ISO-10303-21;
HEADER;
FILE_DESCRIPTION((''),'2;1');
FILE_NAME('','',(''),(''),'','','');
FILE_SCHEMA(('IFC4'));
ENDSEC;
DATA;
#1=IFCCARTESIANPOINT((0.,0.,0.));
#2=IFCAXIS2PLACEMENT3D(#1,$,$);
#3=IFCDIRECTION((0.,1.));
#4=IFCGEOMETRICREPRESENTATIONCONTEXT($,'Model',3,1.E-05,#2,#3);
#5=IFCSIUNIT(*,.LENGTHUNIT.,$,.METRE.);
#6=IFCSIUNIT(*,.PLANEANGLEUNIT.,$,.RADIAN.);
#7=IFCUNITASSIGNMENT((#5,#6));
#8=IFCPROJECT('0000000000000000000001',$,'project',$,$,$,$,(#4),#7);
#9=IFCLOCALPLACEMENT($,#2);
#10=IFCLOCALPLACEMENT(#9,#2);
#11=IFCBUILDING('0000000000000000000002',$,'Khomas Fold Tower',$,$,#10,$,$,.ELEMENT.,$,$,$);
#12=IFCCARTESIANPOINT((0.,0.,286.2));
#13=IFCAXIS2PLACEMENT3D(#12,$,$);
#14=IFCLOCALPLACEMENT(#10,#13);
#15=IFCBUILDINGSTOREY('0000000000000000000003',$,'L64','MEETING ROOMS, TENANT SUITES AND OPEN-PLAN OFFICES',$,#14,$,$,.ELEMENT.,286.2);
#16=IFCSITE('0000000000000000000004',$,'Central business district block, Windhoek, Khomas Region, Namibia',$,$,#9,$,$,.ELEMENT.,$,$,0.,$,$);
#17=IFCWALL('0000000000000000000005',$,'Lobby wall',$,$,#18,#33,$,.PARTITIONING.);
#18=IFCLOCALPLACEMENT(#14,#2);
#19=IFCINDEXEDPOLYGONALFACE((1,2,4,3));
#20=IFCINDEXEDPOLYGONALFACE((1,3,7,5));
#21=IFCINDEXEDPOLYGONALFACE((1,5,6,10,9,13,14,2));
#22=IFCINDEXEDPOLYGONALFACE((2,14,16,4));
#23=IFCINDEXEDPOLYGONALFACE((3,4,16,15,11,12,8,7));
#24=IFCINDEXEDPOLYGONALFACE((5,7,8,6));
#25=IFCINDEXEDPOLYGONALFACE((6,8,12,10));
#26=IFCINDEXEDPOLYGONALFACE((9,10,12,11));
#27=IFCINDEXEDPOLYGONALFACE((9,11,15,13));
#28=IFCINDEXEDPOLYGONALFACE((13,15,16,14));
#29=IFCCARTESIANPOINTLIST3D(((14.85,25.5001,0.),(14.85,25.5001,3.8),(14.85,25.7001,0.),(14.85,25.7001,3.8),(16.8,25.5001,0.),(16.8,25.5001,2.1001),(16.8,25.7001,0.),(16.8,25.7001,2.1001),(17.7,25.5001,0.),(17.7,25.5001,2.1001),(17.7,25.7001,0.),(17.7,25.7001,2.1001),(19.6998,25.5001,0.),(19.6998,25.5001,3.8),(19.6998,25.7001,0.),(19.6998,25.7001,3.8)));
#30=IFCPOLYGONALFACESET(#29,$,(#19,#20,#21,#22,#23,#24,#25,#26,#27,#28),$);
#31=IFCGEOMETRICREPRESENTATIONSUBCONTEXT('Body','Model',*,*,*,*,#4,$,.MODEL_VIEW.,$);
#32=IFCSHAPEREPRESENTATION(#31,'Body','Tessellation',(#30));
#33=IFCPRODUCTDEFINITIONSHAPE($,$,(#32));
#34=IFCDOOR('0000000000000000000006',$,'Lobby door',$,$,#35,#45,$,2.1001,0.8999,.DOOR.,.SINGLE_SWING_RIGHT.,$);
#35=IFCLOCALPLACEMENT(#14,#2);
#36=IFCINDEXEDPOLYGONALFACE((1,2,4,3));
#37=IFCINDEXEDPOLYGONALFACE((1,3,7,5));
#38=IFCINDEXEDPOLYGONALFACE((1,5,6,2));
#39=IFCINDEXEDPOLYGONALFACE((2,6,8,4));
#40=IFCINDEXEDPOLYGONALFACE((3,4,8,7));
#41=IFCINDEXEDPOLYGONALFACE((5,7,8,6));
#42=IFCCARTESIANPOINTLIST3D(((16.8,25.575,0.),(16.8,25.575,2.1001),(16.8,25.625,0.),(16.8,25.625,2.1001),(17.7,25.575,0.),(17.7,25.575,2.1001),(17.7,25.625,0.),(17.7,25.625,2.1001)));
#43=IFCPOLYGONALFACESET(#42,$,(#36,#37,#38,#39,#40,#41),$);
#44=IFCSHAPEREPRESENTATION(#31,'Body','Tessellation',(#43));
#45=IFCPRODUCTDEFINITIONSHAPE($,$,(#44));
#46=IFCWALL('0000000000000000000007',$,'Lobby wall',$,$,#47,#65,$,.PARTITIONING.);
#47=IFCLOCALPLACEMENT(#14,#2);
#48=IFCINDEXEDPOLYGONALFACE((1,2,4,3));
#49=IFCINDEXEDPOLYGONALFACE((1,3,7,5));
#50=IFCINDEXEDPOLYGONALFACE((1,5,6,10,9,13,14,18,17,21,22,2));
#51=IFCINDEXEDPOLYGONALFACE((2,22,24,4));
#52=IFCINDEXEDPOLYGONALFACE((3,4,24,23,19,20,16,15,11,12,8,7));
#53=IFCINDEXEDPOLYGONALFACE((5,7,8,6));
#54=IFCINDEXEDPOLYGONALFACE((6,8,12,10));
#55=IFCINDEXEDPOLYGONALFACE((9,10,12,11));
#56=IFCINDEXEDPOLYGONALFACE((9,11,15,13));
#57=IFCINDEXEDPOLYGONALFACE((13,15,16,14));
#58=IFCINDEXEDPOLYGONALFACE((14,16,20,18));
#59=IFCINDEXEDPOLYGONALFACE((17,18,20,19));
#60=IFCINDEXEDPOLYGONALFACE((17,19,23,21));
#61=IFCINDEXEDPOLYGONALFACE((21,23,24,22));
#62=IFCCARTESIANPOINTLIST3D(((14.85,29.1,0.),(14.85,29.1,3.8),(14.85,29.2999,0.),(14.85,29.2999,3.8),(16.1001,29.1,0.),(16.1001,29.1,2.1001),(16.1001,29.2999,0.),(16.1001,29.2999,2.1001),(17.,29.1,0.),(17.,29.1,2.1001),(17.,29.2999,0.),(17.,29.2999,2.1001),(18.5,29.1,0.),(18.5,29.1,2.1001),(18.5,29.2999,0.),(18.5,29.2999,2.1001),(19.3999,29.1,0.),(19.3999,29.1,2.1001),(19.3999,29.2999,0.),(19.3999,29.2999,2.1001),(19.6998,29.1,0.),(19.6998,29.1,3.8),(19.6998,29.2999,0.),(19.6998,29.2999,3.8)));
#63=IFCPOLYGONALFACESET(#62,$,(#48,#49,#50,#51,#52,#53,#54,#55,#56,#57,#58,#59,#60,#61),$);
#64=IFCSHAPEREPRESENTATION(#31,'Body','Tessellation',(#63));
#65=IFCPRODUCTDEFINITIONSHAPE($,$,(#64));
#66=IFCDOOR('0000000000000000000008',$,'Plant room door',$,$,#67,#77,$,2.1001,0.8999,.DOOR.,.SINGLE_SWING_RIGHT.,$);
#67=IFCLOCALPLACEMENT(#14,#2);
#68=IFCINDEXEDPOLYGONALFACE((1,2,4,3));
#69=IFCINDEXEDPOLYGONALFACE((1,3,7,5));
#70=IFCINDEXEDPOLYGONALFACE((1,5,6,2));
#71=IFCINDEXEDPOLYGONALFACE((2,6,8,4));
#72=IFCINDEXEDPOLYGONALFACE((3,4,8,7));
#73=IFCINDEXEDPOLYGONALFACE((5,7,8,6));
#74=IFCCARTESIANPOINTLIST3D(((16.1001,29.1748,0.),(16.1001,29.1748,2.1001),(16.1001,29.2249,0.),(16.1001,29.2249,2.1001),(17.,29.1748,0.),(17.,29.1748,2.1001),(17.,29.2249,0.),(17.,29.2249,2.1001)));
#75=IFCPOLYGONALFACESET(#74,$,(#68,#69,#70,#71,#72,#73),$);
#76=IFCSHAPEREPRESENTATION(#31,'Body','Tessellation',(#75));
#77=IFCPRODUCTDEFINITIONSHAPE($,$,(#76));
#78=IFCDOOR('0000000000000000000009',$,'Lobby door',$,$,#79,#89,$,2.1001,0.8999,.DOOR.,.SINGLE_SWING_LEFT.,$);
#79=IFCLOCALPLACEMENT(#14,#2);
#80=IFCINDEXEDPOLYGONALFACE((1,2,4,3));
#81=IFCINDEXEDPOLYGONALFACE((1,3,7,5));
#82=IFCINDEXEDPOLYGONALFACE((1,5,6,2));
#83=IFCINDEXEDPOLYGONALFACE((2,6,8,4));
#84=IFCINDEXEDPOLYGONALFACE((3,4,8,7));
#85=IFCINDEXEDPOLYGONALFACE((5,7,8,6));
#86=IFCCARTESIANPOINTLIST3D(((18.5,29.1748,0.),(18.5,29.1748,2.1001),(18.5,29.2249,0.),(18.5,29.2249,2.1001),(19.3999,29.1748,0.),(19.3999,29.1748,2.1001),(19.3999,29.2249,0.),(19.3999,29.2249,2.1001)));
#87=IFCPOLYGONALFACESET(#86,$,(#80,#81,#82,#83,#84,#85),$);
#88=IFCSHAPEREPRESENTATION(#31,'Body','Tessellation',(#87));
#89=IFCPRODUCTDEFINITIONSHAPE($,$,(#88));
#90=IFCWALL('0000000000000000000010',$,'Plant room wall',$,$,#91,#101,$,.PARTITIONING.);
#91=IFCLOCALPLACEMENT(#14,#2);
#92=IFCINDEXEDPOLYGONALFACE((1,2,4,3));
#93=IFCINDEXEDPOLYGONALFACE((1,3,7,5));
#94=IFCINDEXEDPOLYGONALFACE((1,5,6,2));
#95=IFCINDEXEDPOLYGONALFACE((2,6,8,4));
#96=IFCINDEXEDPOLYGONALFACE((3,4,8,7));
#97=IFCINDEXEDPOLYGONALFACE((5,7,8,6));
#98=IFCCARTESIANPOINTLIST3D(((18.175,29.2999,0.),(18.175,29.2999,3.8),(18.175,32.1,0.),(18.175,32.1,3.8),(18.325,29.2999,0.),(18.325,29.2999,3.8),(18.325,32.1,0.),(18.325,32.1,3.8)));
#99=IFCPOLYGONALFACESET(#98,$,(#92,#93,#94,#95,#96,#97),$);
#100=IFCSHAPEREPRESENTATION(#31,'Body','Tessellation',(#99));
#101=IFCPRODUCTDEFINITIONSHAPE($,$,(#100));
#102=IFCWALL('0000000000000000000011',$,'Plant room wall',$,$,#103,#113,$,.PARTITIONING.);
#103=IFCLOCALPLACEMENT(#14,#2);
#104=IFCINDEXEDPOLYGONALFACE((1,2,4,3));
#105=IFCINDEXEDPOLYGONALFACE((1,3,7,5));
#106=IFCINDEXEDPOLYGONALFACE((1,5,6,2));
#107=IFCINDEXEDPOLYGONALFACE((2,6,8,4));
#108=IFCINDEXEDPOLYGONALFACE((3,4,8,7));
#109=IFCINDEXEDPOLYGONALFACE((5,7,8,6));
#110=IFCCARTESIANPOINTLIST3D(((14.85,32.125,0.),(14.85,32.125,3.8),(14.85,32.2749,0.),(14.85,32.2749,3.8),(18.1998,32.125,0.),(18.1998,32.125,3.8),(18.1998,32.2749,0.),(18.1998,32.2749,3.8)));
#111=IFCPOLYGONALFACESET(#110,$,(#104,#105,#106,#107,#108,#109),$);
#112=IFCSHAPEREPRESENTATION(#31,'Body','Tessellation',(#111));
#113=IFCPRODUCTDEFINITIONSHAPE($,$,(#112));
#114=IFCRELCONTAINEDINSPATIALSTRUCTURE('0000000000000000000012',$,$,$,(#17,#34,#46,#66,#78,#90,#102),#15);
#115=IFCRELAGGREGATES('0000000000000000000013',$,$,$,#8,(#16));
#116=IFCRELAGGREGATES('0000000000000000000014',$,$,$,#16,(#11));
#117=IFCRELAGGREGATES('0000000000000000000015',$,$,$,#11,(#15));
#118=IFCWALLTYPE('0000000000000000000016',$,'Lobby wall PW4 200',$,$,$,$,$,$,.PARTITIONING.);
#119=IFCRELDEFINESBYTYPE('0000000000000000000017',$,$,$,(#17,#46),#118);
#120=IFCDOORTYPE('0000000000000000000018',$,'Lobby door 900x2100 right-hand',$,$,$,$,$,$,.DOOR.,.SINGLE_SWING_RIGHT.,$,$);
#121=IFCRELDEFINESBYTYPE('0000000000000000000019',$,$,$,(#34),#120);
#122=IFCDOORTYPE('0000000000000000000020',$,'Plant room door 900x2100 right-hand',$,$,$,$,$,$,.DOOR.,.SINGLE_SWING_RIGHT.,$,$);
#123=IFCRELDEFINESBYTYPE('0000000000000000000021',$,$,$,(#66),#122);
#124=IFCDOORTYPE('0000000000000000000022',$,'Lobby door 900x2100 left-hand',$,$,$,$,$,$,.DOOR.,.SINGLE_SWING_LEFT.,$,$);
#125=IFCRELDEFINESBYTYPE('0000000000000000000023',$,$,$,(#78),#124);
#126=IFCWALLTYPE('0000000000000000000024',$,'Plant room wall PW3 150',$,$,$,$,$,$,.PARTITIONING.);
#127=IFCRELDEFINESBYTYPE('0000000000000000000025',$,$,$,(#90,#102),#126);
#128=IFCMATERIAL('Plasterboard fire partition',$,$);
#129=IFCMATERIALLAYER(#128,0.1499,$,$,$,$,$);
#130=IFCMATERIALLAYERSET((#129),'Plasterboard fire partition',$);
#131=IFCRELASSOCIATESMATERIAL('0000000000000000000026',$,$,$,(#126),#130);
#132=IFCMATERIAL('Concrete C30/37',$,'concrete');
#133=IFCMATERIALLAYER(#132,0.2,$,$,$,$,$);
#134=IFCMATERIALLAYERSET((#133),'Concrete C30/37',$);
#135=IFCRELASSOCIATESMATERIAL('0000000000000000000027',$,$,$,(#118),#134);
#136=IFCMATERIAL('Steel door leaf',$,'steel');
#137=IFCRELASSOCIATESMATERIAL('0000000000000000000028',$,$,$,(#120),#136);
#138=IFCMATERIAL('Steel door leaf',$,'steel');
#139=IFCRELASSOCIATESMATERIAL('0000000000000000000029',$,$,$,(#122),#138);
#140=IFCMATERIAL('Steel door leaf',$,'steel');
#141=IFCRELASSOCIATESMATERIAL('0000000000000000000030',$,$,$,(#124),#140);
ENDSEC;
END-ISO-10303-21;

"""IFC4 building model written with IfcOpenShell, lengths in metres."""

from ifc_helpers import new_model, si_unit, direction, frame, frame_2d, origin, place, context, subcontext, project, spatial, rectangle, extrude, source, transform, mapped, material, layer, layer_set, type_object, element, fill, save


model = new_model("IFC4")

# Units and contexts
model_context = context("Model", 3, precision=1e-05, world=origin(), true_north=direction((0.0, 1.0)))
body_context = subcontext(model_context, "Body", "Model", "MODEL_VIEW")
ifc_project = project(units=[si_unit("LENGTHUNIT", "METRE"), si_unit("PLANEANGLEUNIT", "RADIAN")], contexts=[model_context])

# Site, building, storey
site_placement = place(None, origin())
site = spatial("IfcSite", under=ifc_project, at=site_placement, Name="Central business district block, Windhoek, Khomas Region, Namibia", CompositionType="ELEMENT", RefElevation=0.0)
building_placement = place(site_placement, origin())
building = spatial("IfcBuilding", under=site, at=building_placement, Name="Khomas Fold Tower", CompositionType="ELEMENT")
storey_placement = place(building_placement, frame((0.0, 0.0, 286.2)))
storey = spatial("IfcBuildingStorey", under=building, at=storey_placement, Name="L64", Description="MEETING ROOMS, TENANT SUITES AND OPEN-PLAN OFFICES", CompositionType="ELEMENT", Elevation=286.2)

# Shared definitions
ifc_material_1 = material(Name="Plasterboard fire partition")
ifc_layer_1 = layer(ifc_material_1, 0.1499)
ifc_layer_set_1 = layer_set([ifc_layer_1], Name="Plasterboard fire partition")
wall_type_1 = type_object("IfcWallType", Name="Plant room wall PW3 150", PredefinedType="PARTITIONING", material=ifc_layer_set_1)

# Wall, opening, door
ifc_material_2 = material(Name="Concrete C30/37", Category="concrete")
ifc_layer_2 = layer(ifc_material_2, 0.2)
ifc_layer_set_2 = layer_set([ifc_layer_2], Name="Concrete C30/37")
wall_type_2 = type_object("IfcWallType", Name="Lobby wall PW4 200", PredefinedType="PARTITIONING", material=ifc_layer_set_2)
shared_shape_1 = source(origin(), body_context, "Body", "SweptSolid", [
    extrude(rectangle(XDim=4.8499, YDim=0.2, at=frame_2d((2.4248, 0.0))), origin(), (0.0, 0.0, 1.0), 3.8),
])
wall_1_placement = place(storey_placement, frame((14.8501, 25.6001, 0.0), z_axis=(0.0, 0.0, 1.0), x_axis=(1.0, 0.0, 0.0)))
wall_1 = element("IfcWall", 1, at=wall_1_placement, inside=storey, type_object=wall_type_2, Name="Lobby wall", PredefinedType="PARTITIONING", context=body_context, shape_type="MappedRepresentation", body=[
    mapped(shared_shape_1, transform((0.0, 0.0, 0.0))),
])
shared_shape_2 = source(origin(), body_context, "Body", "SweptSolid", [
    extrude(rectangle(XDim=0.8999, YDim=2.1001, at=frame_2d((0.45, 1.05))), frame((0.0, 0.1099, 0.0), z_axis=(0.0, -1.0, 0.0), x_axis=(1.0, 0.0, 0.0)), (0.0, 0.0, 1.0), 0.22),
])
opening_1_placement = place(wall_1_placement, frame((1.95, 0.0, 0.0)))
opening_1 = element("IfcOpeningElement", 2, at=opening_1_placement, cuts=wall_1, PredefinedType="OPENING", context=body_context, shape_type="MappedRepresentation", body=[
    mapped(shared_shape_2, transform((0.0, 0.0, 0.0))),
])
ifc_material_3 = material(Name="Steel door leaf", Category="steel")
door_type_1 = type_object("IfcDoorType", Name="Lobby door 900x2100 right-hand", OperationType="SINGLE_SWING_RIGHT", PredefinedType="DOOR", material=ifc_material_3)
shared_shape_3 = source(origin(), body_context, "Body", "SweptSolid", [
    extrude(rectangle(XDim=0.8999, YDim=2.1001, at=frame_2d((0.45, 1.05))), frame((0.0, 0.0249, 0.0), z_axis=(0.0, -1.0, 0.0), x_axis=(1.0, 0.0, 0.0)), (0.0, 0.0, 1.0), 0.05),
])
door_1_placement = place(opening_1_placement, origin())
door_1 = element("IfcDoor", 3, at=door_1_placement, inside=storey, type_object=door_type_1, Name="Lobby door", OperationType="SINGLE_SWING_RIGHT", OverallHeight=2.1001, OverallWidth=0.8999, PredefinedType="DOOR", context=body_context, shape_type="MappedRepresentation", body=[
    mapped(shared_shape_3, transform((0.0, 0.0, 0.0))),
])
fill(opening_1, door_1)

# Wall, openings, doors
wall_2_placement = place(storey_placement, frame((14.8501, 29.2, 0.0), z_axis=(0.0, 0.0, 1.0), x_axis=(1.0, 0.0, 0.0)))
wall_2 = element("IfcWall", 4, at=wall_2_placement, inside=storey, type_object=wall_type_2, Name="Lobby wall", PredefinedType="PARTITIONING", context=body_context, shape_type="MappedRepresentation", body=[
    mapped(shared_shape_1, transform((0.0, 0.0, 0.0))),
])
opening_2_placement = place(wall_2_placement, frame((1.25, 0.0, 0.0)))
opening_2 = element("IfcOpeningElement", 5, at=opening_2_placement, cuts=wall_2, PredefinedType="OPENING", context=body_context, shape_type="MappedRepresentation", body=[
    mapped(shared_shape_2, transform((0.0, 0.0, 0.0))),
])
opening_3_placement = place(wall_2_placement, frame((3.6499, 0.0, 0.0)))
opening_3 = element("IfcOpeningElement", 6, at=opening_3_placement, cuts=wall_2, PredefinedType="OPENING", context=body_context, shape_type="MappedRepresentation", body=[
    mapped(shared_shape_2, transform((0.0, 0.0, 0.0))),
])
ifc_material_4 = material(Name="Steel door leaf", Category="steel")
door_type_2 = type_object("IfcDoorType", Name="Plant room door 900x2100 right-hand", OperationType="SINGLE_SWING_RIGHT", PredefinedType="DOOR", material=ifc_material_4)
door_2_placement = place(opening_2_placement, origin())
door_2 = element("IfcDoor", 7, at=door_2_placement, inside=storey, type_object=door_type_2, Name="Plant room door", OperationType="SINGLE_SWING_RIGHT", OverallHeight=2.1001, OverallWidth=0.8999, PredefinedType="DOOR", context=body_context, shape_type="MappedRepresentation", body=[
    mapped(shared_shape_3, transform((0.0, 0.0, 0.0))),
])
fill(opening_2, door_2)
ifc_material_5 = material(Name="Steel door leaf", Category="steel")
door_type_3 = type_object("IfcDoorType", Name="Lobby door 900x2100 left-hand", OperationType="SINGLE_SWING_LEFT", PredefinedType="DOOR", material=ifc_material_5)
door_3_placement = place(opening_3_placement, origin())
door_3 = element("IfcDoor", 8, at=door_3_placement, inside=storey, type_object=door_type_3, Name="Lobby door", OperationType="SINGLE_SWING_LEFT", OverallHeight=2.1001, OverallWidth=0.8999, PredefinedType="DOOR", context=body_context, shape_type="MappedRepresentation", body=[
    mapped(shared_shape_3, transform((0.0, 0.0, 0.0))),
])
fill(opening_3, door_3)

# Walls
shared_shape_4 = source(origin(), body_context, "Body", "SweptSolid", [
    extrude(rectangle(XDim=2.8, YDim=0.1499, at=frame_2d((1.3999, 0.0))), origin(), (0.0, 0.0, 1.0), 3.8),
])
wall_3_placement = place(storey_placement, frame((18.25, 29.3, 0.0), z_axis=(0.0, 0.0, 1.0), x_axis=(0.0, 1.0, 0.0)))
element("IfcWall", 9, at=wall_3_placement, inside=storey, type_object=wall_type_1, Name="Plant room wall", PredefinedType="PARTITIONING", context=body_context, shape_type="MappedRepresentation", body=[
    mapped(shared_shape_4, transform((0.0, 0.0, 0.0))),
])
shared_shape_5 = source(origin(), body_context, "Body", "SweptSolid", [
    extrude(rectangle(XDim=3.3499, YDim=0.1499, at=frame_2d((1.6748, 0.0))), origin(), (0.0, 0.0, 1.0), 3.8),
])
wall_4_placement = place(storey_placement, frame((14.8501, 32.2, 0.0), z_axis=(0.0, 0.0, 1.0), x_axis=(1.0, 0.0, 0.0)))
element("IfcWall", 10, at=wall_4_placement, inside=storey, type_object=wall_type_1, Name="Plant room wall", PredefinedType="PARTITIONING", context=body_context, shape_type="MappedRepresentation", body=[
    mapped(shared_shape_5, transform((0.0, 0.0, 0.0))),
])

save(model, "model.ifc")
